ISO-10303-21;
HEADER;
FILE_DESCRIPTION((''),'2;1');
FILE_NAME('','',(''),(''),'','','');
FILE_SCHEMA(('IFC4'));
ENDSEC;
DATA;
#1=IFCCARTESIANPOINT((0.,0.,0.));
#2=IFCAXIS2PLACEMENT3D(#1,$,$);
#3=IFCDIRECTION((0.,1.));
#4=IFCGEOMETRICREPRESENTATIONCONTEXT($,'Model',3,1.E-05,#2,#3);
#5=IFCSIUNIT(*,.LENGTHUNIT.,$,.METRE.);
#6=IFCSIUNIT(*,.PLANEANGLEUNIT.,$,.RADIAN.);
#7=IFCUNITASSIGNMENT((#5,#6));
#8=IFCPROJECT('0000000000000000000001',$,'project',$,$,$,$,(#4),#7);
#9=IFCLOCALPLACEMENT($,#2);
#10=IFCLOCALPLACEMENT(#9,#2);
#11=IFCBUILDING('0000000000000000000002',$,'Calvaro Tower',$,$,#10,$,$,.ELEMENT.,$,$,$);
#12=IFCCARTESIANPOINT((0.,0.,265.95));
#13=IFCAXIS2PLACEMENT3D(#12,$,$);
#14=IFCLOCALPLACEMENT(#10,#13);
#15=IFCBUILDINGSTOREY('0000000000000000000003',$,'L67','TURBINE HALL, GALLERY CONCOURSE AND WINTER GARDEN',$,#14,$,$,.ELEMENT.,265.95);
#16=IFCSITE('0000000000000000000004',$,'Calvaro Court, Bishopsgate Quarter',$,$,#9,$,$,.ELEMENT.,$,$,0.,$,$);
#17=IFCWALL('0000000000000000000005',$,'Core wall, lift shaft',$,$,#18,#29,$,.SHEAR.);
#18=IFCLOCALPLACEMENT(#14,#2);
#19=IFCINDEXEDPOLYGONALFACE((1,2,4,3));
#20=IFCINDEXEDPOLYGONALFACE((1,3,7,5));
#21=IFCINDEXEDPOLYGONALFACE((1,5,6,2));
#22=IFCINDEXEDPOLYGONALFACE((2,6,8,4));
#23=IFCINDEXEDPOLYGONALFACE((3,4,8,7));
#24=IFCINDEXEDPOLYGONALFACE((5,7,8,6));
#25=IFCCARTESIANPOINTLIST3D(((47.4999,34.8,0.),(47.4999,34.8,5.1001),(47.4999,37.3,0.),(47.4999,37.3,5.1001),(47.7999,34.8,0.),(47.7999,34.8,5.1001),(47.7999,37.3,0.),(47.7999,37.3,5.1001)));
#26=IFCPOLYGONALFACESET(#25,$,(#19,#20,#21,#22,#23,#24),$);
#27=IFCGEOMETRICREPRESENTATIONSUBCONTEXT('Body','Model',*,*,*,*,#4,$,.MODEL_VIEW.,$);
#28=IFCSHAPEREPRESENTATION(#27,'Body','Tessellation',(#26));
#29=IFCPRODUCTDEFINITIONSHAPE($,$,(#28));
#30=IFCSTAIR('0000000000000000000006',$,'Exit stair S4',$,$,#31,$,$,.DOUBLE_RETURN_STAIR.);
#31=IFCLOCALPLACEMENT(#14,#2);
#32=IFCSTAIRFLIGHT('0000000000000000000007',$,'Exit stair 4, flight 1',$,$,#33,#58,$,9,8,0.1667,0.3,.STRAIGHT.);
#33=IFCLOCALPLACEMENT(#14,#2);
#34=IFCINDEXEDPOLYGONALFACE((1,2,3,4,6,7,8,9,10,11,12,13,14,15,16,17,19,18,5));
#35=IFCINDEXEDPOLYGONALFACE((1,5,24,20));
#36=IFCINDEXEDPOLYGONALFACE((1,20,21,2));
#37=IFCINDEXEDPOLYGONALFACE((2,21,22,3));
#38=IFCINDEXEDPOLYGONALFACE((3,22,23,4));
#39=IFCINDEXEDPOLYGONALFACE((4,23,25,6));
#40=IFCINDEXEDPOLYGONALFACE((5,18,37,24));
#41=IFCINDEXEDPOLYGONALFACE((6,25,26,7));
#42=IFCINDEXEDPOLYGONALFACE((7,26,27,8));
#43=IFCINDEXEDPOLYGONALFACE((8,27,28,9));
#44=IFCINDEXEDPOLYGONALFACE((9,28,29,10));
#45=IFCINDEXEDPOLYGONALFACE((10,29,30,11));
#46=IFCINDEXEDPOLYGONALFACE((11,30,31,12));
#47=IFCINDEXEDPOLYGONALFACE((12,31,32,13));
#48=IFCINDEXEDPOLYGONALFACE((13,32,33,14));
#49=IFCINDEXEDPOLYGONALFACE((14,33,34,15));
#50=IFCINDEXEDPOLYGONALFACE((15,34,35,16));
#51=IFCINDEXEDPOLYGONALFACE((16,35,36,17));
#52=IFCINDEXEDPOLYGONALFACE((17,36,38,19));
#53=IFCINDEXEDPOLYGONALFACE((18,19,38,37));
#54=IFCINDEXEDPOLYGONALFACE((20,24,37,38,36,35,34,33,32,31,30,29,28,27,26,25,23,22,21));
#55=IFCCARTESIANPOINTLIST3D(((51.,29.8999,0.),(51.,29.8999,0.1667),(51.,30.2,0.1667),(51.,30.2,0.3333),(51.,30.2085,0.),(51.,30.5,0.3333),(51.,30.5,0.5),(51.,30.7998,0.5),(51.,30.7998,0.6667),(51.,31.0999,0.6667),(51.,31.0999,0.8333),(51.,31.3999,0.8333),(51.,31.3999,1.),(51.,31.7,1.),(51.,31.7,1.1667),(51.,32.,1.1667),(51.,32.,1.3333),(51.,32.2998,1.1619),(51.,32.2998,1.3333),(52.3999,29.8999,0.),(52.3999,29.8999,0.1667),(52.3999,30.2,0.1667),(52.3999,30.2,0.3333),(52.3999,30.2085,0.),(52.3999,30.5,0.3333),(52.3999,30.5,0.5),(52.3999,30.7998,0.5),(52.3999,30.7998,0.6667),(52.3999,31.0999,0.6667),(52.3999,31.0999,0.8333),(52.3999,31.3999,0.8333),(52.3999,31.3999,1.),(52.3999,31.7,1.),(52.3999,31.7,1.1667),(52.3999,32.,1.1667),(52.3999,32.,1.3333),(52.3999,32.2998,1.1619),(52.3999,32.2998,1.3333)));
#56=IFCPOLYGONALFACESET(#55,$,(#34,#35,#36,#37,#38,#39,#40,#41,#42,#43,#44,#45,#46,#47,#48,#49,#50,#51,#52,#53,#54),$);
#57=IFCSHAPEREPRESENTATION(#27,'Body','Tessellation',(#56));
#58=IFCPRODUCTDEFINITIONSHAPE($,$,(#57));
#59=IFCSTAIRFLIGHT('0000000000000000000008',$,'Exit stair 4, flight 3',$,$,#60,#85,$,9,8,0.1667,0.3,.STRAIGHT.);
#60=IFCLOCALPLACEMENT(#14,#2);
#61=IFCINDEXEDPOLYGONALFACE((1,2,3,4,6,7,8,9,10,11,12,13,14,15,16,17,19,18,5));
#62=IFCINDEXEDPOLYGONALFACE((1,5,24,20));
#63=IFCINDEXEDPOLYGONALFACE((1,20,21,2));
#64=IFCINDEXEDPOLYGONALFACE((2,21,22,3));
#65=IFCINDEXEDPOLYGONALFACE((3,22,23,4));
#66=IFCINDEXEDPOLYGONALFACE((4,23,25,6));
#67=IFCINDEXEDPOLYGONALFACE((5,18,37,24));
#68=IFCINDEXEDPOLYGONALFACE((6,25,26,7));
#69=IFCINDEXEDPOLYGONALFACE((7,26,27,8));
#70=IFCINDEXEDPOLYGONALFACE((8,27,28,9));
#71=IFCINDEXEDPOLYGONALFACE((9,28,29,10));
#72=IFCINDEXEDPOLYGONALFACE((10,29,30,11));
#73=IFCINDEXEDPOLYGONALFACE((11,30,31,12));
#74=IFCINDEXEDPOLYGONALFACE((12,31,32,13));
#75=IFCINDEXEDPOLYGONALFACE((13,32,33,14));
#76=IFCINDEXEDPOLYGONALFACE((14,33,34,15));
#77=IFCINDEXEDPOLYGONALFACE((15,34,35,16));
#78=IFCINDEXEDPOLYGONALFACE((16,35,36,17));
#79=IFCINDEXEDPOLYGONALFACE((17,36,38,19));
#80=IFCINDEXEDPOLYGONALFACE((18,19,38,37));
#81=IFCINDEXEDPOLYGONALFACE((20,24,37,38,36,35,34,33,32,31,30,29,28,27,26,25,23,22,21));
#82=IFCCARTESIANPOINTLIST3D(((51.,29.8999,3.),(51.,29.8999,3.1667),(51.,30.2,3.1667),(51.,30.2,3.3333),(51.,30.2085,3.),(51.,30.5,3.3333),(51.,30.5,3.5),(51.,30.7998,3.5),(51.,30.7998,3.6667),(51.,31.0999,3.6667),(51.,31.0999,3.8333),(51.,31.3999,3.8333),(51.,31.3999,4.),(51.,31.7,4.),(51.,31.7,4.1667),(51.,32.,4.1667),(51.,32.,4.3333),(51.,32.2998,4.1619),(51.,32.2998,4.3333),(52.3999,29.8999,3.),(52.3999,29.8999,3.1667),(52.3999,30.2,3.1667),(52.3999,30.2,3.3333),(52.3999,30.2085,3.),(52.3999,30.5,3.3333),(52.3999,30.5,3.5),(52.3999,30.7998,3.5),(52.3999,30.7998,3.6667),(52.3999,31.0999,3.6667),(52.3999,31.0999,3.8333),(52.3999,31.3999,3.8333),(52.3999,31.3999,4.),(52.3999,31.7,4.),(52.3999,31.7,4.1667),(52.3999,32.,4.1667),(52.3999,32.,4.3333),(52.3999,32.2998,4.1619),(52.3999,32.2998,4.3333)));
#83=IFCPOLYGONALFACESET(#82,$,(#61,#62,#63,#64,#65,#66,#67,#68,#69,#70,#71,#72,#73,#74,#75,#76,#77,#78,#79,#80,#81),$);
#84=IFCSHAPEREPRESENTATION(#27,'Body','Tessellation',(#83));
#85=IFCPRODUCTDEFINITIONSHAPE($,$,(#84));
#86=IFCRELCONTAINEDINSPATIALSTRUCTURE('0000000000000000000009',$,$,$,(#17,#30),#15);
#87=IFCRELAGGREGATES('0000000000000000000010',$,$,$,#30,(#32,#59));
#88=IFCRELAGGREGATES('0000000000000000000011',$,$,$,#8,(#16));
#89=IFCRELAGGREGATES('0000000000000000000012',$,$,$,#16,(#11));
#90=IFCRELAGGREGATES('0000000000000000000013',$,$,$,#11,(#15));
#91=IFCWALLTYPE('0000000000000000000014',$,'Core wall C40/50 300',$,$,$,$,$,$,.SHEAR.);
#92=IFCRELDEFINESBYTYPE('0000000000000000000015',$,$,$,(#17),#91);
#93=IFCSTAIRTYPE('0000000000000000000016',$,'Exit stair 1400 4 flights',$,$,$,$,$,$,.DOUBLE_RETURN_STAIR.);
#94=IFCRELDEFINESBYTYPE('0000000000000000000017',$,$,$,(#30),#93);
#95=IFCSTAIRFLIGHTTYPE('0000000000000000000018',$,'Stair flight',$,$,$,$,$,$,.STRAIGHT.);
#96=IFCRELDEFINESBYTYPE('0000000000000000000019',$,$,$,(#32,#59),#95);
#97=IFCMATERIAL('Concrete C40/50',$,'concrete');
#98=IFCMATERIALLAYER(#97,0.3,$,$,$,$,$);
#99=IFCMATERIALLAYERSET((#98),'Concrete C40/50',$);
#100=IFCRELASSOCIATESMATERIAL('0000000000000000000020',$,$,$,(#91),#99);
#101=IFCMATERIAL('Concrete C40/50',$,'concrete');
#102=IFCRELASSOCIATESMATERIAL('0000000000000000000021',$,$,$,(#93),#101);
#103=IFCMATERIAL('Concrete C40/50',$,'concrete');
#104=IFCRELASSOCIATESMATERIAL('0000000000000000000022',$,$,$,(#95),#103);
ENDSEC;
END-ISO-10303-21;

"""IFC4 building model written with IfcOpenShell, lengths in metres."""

from ifc_helpers import new_model, si_unit, direction, frame, frame_2d, origin, place, context, subcontext, project, spatial, polyline, rectangle, outline, extrude, material, layer, layer_set, type_object, element, aggregate, save


model = new_model("IFC4")

# Units and contexts
model_context = context("Model", 3, precision=1e-05, world=origin(), true_north=direction((0.0, 1.0)))
body_context = subcontext(model_context, "Body", "Model", "MODEL_VIEW")
ifc_project = project(units=[si_unit("LENGTHUNIT", "METRE"), si_unit("PLANEANGLEUNIT", "RADIAN")], contexts=[model_context])

# Site, building, storey
site_placement = place(None, origin())
site = spatial("IfcSite", under=ifc_project, at=site_placement, Name="Calvaro Court, Bishopsgate Quarter", CompositionType="ELEMENT", RefElevation=0.0)
building_placement = place(site_placement, origin())
building = spatial("IfcBuilding", under=site, at=building_placement, Name="Calvaro Tower", CompositionType="ELEMENT")
storey_placement = place(building_placement, frame((0.0, 0.0, 265.95)))
storey = spatial("IfcBuildingStorey", under=building, at=storey_placement, Name="L67", Description="TURBINE HALL, GALLERY CONCOURSE AND WINTER GARDEN", CompositionType="ELEMENT", Elevation=265.95)

# Shared definitions
ifc_material_1 = material(Name="Concrete C40/50", Category="concrete")
ifc_layer_1 = layer(ifc_material_1, 0.3)
ifc_layer_set_1 = layer_set([ifc_layer_1], Name="Concrete C40/50")
wall_type_1 = type_object("IfcWallType", Name="Core wall C40/50 300", PredefinedType="SHEAR", material=ifc_layer_set_1)

# Wall
wall_1_placement = place(storey_placement, frame((47.6499, 34.8, 0.0), z_axis=(0.0, 0.0, 1.0), x_axis=(0.0, 1.0, 0.0)))
element("IfcWall", 1, at=wall_1_placement, inside=storey, type_object=wall_type_1, Name="Core wall, lift shaft", PredefinedType="SHEAR", context=body_context, shape_type="SweptSolid", body=[
    extrude(rectangle(XDim=2.5, YDim=0.3, at=frame_2d((1.25, 0.0))), origin(), (0.0, 0.0, 1.0), 5.1001),
])

# Stair, stair flights
ifc_material_2 = material(Name="Concrete C40/50", Category="concrete")
stair_type = type_object("IfcStairType", Name="Exit stair 1400 4 flights", PredefinedType="DOUBLE_RETURN_STAIR", material=ifc_material_2)
stair_placement = place(storey_placement, origin())
stair = element("IfcStair", 2, at=stair_placement, inside=storey, type_object=stair_type, Name="Exit stair S4", PredefinedType="DOUBLE_RETURN_STAIR")
ifc_material_3 = material(Name="Concrete C40/50", Category="concrete")
stair_flight_type = type_object("IfcStairFlightType", Name="Stair flight", PredefinedType="STRAIGHT", material=ifc_material_3)
stair_flight_1_placement = place(storey_placement, frame((51.7, 29.8999, 0.0), z_axis=(0.0, 0.0, 1.0), x_axis=(0.0, 1.0, 0.0)))
stair_flight_1 = element("IfcStairFlight", 3, at=stair_flight_1_placement, type_object=stair_flight_type, Name="Exit stair 4, flight 1", NumberOfRisers=9, NumberOfTreads=8, PredefinedType="STRAIGHT", RiserHeight=0.1667, TreadLength=0.3, context=body_context, shape_type="SweptSolid", body=[
    extrude(outline(polyline([(0.0, 0.0), (0.0, 0.1667), (0.3, 0.1667), (0.3, 0.3333), (0.6001, 0.3333), (0.6001, 0.5), (0.8999, 0.5), (0.8999, 0.6667), (1.2, 0.6667), (1.2, 0.8333), (1.5, 0.8333), (1.5, 1.0), (1.8, 1.0), (1.8, 1.1667), (2.1001, 1.1667), (2.1001, 1.3333), (2.3999, 1.3333), (2.3999, 1.5), (2.3999, 1.1619), (0.3086, 0.0), (0.0, 0.0)])), frame((0.0, 0.7, 0.0), z_axis=(0.0, -1.0, 0.0), x_axis=(1.0, 0.0, 0.0)), (0.0, 0.0, 1.0), 1.3999),
])
stair_flight_2_placement = place(storey_placement, frame((51.7, 29.8999, 3.0), z_axis=(0.0, 0.0, 1.0), x_axis=(0.0, 1.0, 0.0)))
stair_flight_2 = element("IfcStairFlight", 4, at=stair_flight_2_placement, type_object=stair_flight_type, Name="Exit stair 4, flight 3", NumberOfRisers=9, NumberOfTreads=8, PredefinedType="STRAIGHT", RiserHeight=0.1667, TreadLength=0.3, context=body_context, shape_type="SweptSolid", body=[
    extrude(outline(polyline([(0.0, 0.0), (0.0, 0.1667), (0.3, 0.1667), (0.3, 0.3333), (0.6001, 0.3333), (0.6001, 0.5), (0.8999, 0.5), (0.8999, 0.6667), (1.2, 0.6667), (1.2, 0.8333), (1.5, 0.8333), (1.5, 1.0), (1.8, 1.0), (1.8, 1.1667), (2.1001, 1.1667), (2.1001, 1.3333), (2.3999, 1.3333), (2.3999, 1.5), (2.3999, 1.1619), (0.3086, 0.0), (0.0, 0.0)])), frame((0.0, 0.7, 0.0), z_axis=(0.0, -1.0, 0.0), x_axis=(1.0, 0.0, 0.0)), (0.0, 0.0, 1.0), 1.3999),
])
aggregate(stair, [stair_flight_1, stair_flight_2])

save(model, "model.ifc")
